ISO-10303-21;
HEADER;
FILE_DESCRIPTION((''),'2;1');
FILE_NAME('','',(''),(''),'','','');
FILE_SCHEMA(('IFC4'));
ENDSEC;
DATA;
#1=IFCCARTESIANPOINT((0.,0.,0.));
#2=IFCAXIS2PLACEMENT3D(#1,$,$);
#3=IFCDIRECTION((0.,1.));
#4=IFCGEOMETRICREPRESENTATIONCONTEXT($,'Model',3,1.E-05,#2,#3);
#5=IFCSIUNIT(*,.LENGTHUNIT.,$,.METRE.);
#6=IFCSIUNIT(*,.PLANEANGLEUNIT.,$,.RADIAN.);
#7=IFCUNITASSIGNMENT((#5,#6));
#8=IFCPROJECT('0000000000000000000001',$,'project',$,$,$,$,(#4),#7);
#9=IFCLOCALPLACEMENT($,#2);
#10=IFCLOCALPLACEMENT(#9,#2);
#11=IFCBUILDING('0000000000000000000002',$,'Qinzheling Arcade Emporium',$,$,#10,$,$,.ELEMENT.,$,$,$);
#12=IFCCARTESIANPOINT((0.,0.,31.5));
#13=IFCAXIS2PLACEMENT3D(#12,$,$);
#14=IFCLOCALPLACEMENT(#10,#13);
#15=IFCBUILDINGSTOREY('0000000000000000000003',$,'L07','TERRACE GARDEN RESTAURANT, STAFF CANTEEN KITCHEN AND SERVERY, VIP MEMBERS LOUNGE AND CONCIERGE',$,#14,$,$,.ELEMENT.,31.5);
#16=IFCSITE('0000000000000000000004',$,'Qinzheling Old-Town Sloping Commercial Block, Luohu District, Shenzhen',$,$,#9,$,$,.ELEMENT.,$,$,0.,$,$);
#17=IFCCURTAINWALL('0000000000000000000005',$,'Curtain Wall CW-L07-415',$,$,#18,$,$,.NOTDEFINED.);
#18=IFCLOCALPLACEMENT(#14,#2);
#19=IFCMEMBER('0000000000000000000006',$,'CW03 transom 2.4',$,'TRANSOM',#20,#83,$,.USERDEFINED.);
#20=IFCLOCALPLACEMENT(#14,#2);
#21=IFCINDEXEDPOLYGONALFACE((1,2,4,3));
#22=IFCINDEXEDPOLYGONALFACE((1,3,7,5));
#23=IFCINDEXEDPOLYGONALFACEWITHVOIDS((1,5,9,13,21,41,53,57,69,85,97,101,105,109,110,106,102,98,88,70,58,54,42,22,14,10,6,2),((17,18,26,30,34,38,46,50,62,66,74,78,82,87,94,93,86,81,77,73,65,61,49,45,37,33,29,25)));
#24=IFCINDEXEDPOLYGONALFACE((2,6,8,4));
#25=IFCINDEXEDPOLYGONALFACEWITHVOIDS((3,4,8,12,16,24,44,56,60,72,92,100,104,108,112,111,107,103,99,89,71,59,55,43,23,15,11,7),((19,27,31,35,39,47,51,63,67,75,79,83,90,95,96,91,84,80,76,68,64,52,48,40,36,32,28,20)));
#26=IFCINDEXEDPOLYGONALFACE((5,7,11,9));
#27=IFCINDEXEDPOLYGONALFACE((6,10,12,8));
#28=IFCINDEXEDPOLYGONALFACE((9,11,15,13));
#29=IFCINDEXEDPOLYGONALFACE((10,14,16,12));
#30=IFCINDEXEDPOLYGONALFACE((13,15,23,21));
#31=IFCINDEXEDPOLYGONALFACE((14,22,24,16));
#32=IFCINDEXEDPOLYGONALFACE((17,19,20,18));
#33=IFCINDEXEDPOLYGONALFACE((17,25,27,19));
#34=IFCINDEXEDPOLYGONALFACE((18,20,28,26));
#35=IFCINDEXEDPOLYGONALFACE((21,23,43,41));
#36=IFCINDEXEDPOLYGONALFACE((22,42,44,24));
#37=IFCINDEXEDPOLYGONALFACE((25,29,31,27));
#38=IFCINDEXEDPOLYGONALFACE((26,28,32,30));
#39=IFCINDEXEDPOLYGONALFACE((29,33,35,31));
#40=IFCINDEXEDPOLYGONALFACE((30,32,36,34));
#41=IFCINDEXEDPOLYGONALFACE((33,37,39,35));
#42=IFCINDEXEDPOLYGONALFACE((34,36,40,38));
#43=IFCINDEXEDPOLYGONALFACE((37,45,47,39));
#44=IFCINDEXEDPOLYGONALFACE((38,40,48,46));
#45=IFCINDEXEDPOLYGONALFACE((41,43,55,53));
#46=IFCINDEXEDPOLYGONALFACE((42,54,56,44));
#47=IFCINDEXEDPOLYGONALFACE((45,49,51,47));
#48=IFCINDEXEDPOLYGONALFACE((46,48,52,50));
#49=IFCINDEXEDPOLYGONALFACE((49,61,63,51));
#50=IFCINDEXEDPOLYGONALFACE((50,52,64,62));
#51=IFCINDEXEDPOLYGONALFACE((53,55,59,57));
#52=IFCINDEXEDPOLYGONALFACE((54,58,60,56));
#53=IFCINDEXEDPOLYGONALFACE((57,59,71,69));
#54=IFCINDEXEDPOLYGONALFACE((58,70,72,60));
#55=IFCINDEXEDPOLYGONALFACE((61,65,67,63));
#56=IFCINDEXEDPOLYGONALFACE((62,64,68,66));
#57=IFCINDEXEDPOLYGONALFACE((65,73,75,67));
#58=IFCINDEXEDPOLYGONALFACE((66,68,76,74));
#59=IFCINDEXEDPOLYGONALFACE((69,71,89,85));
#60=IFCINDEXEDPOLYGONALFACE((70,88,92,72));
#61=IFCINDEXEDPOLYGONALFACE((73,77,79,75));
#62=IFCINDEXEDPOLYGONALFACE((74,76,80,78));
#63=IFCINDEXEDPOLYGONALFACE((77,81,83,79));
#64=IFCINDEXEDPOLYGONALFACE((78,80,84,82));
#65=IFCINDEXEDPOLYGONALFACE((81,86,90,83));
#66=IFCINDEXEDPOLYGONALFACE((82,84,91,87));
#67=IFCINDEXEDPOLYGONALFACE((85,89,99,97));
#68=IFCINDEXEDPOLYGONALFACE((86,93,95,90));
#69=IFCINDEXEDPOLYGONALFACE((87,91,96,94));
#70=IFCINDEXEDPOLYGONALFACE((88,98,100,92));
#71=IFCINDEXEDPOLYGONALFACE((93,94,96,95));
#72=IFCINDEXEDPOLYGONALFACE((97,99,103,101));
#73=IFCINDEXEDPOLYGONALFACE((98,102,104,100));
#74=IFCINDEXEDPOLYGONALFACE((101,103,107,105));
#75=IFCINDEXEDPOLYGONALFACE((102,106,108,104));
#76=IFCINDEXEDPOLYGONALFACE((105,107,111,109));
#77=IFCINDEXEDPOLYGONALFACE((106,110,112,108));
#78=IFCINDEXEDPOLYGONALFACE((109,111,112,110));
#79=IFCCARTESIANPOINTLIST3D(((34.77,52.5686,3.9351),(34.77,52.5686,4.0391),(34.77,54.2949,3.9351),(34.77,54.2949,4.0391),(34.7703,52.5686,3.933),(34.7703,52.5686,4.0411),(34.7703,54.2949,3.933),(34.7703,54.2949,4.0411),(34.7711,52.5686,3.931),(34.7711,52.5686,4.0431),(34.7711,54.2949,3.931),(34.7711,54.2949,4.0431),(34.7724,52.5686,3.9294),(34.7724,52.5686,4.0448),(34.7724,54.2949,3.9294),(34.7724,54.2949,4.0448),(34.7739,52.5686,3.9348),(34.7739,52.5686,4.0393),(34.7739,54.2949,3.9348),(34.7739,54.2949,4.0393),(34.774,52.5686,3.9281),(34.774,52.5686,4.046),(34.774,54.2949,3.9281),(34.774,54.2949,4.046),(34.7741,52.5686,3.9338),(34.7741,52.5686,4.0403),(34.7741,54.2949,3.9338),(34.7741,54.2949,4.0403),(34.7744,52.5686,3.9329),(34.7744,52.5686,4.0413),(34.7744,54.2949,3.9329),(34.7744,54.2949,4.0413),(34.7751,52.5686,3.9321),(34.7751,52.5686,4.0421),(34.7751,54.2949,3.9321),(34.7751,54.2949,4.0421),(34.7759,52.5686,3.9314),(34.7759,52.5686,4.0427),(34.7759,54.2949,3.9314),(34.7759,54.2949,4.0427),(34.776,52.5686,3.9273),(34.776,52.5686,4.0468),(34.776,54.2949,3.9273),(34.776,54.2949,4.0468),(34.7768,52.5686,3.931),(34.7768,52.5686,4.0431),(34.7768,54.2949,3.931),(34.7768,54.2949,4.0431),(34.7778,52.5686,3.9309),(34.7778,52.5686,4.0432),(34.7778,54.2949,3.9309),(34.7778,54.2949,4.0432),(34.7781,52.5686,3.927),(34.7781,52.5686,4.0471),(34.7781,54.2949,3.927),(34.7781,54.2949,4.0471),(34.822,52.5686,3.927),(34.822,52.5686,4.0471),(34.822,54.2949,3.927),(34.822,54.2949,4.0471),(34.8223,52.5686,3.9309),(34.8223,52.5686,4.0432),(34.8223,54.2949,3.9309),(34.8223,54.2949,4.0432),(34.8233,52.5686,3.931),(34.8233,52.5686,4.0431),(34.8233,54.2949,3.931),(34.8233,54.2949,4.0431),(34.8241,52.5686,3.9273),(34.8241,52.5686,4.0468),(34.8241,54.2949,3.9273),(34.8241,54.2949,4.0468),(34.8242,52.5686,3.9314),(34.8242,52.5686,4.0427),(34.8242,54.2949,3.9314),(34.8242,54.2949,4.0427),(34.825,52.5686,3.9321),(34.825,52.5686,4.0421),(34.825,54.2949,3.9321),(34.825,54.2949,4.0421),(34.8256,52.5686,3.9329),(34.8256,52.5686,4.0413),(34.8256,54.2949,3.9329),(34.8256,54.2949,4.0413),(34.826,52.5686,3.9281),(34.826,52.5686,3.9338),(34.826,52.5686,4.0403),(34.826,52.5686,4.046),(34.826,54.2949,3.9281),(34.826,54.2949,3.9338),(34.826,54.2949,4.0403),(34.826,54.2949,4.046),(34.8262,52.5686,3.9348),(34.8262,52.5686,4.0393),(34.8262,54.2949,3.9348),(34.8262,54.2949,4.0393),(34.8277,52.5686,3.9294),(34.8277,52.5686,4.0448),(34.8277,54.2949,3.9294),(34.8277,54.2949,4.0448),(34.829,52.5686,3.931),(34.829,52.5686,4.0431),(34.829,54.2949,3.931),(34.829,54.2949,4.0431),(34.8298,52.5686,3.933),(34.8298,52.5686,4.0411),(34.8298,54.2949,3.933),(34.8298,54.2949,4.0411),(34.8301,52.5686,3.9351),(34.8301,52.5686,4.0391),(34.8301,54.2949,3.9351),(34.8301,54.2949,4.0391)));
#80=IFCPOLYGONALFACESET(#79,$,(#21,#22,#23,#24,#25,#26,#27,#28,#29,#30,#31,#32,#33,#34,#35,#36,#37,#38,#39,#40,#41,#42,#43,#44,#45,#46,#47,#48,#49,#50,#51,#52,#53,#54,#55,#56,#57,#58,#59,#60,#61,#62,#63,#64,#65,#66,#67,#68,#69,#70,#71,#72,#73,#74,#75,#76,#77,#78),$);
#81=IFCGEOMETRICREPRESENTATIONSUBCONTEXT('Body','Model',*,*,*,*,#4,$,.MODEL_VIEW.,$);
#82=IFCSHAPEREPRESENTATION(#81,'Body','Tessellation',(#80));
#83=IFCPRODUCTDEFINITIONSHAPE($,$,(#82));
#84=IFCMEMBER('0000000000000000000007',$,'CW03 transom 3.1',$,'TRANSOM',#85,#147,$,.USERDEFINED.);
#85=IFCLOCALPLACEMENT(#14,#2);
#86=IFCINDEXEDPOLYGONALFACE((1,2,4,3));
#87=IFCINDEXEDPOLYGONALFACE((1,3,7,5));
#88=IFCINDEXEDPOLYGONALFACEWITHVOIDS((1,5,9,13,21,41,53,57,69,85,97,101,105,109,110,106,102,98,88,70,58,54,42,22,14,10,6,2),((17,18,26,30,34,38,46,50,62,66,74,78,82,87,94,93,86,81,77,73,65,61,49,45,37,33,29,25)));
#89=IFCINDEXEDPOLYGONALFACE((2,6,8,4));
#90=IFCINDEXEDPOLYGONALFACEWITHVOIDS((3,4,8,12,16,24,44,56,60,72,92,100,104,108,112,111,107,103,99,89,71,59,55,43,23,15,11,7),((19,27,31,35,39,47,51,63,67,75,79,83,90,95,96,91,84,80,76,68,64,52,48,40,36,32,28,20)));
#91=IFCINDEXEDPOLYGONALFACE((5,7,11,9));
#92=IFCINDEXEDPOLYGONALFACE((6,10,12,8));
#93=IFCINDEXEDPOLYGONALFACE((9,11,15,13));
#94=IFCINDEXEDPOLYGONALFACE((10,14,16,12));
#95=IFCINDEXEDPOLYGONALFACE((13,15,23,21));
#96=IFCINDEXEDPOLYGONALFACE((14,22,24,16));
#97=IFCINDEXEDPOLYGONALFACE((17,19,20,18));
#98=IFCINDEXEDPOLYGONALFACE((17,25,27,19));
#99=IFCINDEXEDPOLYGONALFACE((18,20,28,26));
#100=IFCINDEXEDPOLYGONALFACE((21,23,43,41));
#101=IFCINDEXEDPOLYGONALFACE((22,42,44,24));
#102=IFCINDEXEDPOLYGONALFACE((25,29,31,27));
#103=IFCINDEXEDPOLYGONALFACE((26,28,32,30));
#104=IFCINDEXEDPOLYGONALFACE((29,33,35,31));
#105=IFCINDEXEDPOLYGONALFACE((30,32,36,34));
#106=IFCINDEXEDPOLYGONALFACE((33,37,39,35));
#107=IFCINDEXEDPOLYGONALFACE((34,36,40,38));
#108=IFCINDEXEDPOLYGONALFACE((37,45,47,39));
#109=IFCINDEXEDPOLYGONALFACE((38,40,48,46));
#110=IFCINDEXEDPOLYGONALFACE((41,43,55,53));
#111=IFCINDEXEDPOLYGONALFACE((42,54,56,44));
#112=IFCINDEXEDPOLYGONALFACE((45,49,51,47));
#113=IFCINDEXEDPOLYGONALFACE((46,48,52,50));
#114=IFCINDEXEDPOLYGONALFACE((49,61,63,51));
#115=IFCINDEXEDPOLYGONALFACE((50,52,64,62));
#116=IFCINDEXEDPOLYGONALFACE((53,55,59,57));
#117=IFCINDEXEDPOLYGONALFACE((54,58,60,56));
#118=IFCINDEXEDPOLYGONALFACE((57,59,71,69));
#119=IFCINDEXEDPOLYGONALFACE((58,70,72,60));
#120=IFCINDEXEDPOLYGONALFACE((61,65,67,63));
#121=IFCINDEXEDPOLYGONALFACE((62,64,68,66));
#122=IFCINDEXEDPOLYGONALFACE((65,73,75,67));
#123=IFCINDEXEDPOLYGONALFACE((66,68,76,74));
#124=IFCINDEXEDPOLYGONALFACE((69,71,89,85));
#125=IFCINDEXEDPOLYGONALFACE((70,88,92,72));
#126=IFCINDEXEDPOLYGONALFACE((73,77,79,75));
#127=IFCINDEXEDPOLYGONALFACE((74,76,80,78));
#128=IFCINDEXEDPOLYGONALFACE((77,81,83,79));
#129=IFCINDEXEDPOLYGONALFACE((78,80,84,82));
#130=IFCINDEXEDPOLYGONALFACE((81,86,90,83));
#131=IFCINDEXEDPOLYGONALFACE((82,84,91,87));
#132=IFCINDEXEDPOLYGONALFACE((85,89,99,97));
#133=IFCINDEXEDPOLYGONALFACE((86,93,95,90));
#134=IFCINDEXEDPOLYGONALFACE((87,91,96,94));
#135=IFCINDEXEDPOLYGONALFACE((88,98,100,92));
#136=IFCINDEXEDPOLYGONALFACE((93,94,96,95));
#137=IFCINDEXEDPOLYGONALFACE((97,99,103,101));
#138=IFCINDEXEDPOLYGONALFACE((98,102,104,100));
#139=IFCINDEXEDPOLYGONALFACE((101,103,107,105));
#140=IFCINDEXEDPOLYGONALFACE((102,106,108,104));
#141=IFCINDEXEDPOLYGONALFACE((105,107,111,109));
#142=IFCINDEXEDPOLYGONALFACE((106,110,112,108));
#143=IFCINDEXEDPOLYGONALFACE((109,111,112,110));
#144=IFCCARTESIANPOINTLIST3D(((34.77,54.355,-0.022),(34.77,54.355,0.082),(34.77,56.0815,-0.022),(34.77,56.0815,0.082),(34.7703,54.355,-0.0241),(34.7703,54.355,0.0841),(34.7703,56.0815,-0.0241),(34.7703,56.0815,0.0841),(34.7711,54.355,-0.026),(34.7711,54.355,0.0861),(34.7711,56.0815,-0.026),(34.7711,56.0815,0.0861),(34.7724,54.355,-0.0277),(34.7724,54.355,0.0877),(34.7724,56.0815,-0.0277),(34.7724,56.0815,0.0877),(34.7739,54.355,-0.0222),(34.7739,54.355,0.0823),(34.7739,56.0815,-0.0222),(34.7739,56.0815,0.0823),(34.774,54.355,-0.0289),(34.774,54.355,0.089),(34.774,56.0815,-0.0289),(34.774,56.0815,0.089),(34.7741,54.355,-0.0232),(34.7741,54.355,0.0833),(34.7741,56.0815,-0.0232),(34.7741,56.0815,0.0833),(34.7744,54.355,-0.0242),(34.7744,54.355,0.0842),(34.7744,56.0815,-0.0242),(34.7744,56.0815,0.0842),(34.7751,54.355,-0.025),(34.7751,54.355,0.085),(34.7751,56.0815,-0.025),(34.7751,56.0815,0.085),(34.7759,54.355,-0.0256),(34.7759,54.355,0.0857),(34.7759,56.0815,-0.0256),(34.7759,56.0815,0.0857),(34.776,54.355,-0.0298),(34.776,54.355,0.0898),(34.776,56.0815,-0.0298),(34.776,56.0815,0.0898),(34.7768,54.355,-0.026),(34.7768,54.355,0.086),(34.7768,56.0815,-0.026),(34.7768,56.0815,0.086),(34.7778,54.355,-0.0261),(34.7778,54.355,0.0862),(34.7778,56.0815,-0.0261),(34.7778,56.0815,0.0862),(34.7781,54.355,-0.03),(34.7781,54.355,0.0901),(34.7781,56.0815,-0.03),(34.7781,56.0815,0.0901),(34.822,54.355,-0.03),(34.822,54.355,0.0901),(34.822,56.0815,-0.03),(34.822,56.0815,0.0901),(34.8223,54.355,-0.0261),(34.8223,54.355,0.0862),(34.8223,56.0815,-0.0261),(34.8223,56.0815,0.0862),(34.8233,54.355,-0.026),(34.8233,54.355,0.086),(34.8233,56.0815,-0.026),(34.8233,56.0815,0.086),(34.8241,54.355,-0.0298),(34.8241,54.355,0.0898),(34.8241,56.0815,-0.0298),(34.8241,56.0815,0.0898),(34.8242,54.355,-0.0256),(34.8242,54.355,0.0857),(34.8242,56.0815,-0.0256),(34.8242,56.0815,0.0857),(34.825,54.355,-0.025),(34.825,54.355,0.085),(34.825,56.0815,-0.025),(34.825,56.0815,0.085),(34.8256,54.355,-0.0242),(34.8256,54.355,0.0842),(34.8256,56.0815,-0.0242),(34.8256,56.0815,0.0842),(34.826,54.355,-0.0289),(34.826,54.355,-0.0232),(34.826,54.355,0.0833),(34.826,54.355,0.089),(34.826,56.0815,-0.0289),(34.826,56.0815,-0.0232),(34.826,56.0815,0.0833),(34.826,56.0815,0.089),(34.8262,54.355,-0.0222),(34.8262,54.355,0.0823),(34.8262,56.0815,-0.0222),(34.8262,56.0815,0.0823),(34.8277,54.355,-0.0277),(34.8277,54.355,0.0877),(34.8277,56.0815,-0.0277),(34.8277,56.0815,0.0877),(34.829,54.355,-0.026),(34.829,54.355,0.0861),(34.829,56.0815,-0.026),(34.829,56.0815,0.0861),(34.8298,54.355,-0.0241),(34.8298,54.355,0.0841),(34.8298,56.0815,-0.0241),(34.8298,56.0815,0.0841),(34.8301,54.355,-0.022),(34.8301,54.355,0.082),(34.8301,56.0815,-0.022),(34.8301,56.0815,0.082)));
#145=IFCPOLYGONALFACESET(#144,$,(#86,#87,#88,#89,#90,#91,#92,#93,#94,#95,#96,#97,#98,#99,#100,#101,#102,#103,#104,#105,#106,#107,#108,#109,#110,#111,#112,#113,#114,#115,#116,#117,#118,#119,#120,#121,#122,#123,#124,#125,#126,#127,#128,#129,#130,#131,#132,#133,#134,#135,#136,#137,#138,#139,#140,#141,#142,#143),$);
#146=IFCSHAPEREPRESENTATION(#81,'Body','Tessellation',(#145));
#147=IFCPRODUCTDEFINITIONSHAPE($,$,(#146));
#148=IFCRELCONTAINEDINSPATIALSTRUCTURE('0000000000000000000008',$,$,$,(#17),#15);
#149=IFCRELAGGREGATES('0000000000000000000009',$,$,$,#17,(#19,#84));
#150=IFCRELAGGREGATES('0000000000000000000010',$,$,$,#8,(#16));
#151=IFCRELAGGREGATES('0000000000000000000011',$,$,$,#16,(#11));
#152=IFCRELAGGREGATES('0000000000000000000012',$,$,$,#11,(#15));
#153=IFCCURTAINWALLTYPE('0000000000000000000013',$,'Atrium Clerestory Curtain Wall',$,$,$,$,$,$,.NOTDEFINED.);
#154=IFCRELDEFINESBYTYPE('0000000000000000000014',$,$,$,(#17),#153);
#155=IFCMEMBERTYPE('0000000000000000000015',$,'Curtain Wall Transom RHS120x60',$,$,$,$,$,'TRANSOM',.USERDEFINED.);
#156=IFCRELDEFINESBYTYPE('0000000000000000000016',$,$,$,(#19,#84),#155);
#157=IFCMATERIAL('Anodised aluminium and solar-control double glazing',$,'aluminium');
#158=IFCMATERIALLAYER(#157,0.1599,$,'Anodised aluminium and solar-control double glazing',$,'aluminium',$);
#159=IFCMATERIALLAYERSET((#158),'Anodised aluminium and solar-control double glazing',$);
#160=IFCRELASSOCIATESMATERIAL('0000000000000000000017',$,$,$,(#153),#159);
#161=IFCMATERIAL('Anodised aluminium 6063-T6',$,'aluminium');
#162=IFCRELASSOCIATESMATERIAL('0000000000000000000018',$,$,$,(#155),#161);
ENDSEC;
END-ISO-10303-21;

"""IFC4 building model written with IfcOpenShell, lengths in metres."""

from ifc_helpers import new_model, si_unit, direction, frame, origin, origin_2d, place, context, subcontext, project, spatial, hollow_rectangle, extrude, material, layer, layer_set, material_profile, profile_set, type_object, element, aggregate, save


model = new_model("IFC4")

# Units and contexts
model_context = context("Model", 3, precision=1e-05, world=origin(), true_north=direction((0.0, 1.0)))
body_context = subcontext(model_context, "Body", "Model", "MODEL_VIEW")
ifc_project = project(units=[si_unit("LENGTHUNIT", "METRE"), si_unit("PLANEANGLEUNIT", "RADIAN")], contexts=[model_context])

# Site, building, storey
site_placement = place(None, origin())
site = spatial("IfcSite", under=ifc_project, at=site_placement, Name="Qinzheling Old-Town Sloping Commercial Block, Luohu District, Shenzhen", CompositionType="ELEMENT", RefElevation=0.0)
building_placement = place(site_placement, origin())
building = spatial("IfcBuilding", under=site, at=building_placement, Name="Qinzheling Arcade Emporium", CompositionType="ELEMENT")
storey_placement = place(building_placement, frame((0.0, 0.0, 31.5)))
storey = spatial("IfcBuildingStorey", under=building, at=storey_placement, Name="L07", Description="TERRACE GARDEN RESTAURANT, STAFF CANTEEN KITCHEN AND SERVERY, VIP MEMBERS LOUNGE AND CONCIERGE", CompositionType="ELEMENT", Elevation=31.5)

# Curtain wall, members
ifc_material_1 = material(Name="Anodised aluminium and solar-control double glazing", Category="aluminium")
ifc_layer_1 = layer(ifc_material_1, 0.1599, Name="Anodised aluminium and solar-control double glazing", Category="aluminium")
ifc_layer_set_1 = layer_set([ifc_layer_1], Name="Anodised aluminium and solar-control double glazing")
curtain_wall_type = type_object("IfcCurtainWallType", Name="Atrium Clerestory Curtain Wall", PredefinedType="NOTDEFINED", material=ifc_layer_set_1)
curtain_wall_placement = place(storey_placement, origin())
curtain_wall = element("IfcCurtainWall", 1, at=curtain_wall_placement, inside=storey, type_object=curtain_wall_type, Name="Curtain Wall CW-L07-415", PredefinedType="NOTDEFINED")
ifc_material_2 = material(Name="Anodised aluminium 6063-T6", Category="aluminium")
ifc_material_profile_1 = material_profile(ifc_material_2, hollow_rectangle(XDim=0.0601, YDim=0.1201, WallThickness=0.0039, InnerFilletRadius=0.0039, OuterFilletRadius=0.0081, at=origin_2d()), Name="RHS 120x60x4", Category="aluminium")
ifc_profile_set_1 = profile_set([ifc_material_profile_1], Name="Anodised aluminium 6063-T6")
member_type_1 = type_object("IfcMemberType", Name="Curtain Wall Transom RHS120x60", ElementType="TRANSOM", PredefinedType="USERDEFINED", material=ifc_profile_set_1)
member_1_placement = place(storey_placement, frame((34.8, 52.5686, 3.9871), z_axis=(0.0, 1.0, 0.0), x_axis=(-1.0, 0.0, 0.0)))
member_1 = element("IfcMember", 2, at=member_1_placement, type_object=member_type_1, Name="CW03 transom 2.4", ObjectType="TRANSOM", PredefinedType="USERDEFINED", context=body_context, shape_type="SweptSolid", body=[
    extrude(hollow_rectangle(XDim=0.0601, YDim=0.1201, WallThickness=0.0039, InnerFilletRadius=0.0039, OuterFilletRadius=0.0081, at=origin_2d()), origin(), (0.0, 0.0, 1.0), 1.7263),
])
member_2_placement = place(storey_placement, frame((34.8, 54.355, 0.03), z_axis=(0.0, 1.0, 0.0), x_axis=(-1.0, 0.0, 0.0)))
member_2 = element("IfcMember", 3, at=member_2_placement, type_object=member_type_1, Name="CW03 transom 3.1", ObjectType="TRANSOM", PredefinedType="USERDEFINED", context=body_context, shape_type="SweptSolid", body=[
    extrude(hollow_rectangle(XDim=0.0601, YDim=0.1201, WallThickness=0.0039, InnerFilletRadius=0.0039, OuterFilletRadius=0.0081, at=origin_2d()), origin(), (0.0, 0.0, 1.0), 1.7266),
])
aggregate(curtain_wall, [member_1, member_2])

save(model, "model.ifc")
